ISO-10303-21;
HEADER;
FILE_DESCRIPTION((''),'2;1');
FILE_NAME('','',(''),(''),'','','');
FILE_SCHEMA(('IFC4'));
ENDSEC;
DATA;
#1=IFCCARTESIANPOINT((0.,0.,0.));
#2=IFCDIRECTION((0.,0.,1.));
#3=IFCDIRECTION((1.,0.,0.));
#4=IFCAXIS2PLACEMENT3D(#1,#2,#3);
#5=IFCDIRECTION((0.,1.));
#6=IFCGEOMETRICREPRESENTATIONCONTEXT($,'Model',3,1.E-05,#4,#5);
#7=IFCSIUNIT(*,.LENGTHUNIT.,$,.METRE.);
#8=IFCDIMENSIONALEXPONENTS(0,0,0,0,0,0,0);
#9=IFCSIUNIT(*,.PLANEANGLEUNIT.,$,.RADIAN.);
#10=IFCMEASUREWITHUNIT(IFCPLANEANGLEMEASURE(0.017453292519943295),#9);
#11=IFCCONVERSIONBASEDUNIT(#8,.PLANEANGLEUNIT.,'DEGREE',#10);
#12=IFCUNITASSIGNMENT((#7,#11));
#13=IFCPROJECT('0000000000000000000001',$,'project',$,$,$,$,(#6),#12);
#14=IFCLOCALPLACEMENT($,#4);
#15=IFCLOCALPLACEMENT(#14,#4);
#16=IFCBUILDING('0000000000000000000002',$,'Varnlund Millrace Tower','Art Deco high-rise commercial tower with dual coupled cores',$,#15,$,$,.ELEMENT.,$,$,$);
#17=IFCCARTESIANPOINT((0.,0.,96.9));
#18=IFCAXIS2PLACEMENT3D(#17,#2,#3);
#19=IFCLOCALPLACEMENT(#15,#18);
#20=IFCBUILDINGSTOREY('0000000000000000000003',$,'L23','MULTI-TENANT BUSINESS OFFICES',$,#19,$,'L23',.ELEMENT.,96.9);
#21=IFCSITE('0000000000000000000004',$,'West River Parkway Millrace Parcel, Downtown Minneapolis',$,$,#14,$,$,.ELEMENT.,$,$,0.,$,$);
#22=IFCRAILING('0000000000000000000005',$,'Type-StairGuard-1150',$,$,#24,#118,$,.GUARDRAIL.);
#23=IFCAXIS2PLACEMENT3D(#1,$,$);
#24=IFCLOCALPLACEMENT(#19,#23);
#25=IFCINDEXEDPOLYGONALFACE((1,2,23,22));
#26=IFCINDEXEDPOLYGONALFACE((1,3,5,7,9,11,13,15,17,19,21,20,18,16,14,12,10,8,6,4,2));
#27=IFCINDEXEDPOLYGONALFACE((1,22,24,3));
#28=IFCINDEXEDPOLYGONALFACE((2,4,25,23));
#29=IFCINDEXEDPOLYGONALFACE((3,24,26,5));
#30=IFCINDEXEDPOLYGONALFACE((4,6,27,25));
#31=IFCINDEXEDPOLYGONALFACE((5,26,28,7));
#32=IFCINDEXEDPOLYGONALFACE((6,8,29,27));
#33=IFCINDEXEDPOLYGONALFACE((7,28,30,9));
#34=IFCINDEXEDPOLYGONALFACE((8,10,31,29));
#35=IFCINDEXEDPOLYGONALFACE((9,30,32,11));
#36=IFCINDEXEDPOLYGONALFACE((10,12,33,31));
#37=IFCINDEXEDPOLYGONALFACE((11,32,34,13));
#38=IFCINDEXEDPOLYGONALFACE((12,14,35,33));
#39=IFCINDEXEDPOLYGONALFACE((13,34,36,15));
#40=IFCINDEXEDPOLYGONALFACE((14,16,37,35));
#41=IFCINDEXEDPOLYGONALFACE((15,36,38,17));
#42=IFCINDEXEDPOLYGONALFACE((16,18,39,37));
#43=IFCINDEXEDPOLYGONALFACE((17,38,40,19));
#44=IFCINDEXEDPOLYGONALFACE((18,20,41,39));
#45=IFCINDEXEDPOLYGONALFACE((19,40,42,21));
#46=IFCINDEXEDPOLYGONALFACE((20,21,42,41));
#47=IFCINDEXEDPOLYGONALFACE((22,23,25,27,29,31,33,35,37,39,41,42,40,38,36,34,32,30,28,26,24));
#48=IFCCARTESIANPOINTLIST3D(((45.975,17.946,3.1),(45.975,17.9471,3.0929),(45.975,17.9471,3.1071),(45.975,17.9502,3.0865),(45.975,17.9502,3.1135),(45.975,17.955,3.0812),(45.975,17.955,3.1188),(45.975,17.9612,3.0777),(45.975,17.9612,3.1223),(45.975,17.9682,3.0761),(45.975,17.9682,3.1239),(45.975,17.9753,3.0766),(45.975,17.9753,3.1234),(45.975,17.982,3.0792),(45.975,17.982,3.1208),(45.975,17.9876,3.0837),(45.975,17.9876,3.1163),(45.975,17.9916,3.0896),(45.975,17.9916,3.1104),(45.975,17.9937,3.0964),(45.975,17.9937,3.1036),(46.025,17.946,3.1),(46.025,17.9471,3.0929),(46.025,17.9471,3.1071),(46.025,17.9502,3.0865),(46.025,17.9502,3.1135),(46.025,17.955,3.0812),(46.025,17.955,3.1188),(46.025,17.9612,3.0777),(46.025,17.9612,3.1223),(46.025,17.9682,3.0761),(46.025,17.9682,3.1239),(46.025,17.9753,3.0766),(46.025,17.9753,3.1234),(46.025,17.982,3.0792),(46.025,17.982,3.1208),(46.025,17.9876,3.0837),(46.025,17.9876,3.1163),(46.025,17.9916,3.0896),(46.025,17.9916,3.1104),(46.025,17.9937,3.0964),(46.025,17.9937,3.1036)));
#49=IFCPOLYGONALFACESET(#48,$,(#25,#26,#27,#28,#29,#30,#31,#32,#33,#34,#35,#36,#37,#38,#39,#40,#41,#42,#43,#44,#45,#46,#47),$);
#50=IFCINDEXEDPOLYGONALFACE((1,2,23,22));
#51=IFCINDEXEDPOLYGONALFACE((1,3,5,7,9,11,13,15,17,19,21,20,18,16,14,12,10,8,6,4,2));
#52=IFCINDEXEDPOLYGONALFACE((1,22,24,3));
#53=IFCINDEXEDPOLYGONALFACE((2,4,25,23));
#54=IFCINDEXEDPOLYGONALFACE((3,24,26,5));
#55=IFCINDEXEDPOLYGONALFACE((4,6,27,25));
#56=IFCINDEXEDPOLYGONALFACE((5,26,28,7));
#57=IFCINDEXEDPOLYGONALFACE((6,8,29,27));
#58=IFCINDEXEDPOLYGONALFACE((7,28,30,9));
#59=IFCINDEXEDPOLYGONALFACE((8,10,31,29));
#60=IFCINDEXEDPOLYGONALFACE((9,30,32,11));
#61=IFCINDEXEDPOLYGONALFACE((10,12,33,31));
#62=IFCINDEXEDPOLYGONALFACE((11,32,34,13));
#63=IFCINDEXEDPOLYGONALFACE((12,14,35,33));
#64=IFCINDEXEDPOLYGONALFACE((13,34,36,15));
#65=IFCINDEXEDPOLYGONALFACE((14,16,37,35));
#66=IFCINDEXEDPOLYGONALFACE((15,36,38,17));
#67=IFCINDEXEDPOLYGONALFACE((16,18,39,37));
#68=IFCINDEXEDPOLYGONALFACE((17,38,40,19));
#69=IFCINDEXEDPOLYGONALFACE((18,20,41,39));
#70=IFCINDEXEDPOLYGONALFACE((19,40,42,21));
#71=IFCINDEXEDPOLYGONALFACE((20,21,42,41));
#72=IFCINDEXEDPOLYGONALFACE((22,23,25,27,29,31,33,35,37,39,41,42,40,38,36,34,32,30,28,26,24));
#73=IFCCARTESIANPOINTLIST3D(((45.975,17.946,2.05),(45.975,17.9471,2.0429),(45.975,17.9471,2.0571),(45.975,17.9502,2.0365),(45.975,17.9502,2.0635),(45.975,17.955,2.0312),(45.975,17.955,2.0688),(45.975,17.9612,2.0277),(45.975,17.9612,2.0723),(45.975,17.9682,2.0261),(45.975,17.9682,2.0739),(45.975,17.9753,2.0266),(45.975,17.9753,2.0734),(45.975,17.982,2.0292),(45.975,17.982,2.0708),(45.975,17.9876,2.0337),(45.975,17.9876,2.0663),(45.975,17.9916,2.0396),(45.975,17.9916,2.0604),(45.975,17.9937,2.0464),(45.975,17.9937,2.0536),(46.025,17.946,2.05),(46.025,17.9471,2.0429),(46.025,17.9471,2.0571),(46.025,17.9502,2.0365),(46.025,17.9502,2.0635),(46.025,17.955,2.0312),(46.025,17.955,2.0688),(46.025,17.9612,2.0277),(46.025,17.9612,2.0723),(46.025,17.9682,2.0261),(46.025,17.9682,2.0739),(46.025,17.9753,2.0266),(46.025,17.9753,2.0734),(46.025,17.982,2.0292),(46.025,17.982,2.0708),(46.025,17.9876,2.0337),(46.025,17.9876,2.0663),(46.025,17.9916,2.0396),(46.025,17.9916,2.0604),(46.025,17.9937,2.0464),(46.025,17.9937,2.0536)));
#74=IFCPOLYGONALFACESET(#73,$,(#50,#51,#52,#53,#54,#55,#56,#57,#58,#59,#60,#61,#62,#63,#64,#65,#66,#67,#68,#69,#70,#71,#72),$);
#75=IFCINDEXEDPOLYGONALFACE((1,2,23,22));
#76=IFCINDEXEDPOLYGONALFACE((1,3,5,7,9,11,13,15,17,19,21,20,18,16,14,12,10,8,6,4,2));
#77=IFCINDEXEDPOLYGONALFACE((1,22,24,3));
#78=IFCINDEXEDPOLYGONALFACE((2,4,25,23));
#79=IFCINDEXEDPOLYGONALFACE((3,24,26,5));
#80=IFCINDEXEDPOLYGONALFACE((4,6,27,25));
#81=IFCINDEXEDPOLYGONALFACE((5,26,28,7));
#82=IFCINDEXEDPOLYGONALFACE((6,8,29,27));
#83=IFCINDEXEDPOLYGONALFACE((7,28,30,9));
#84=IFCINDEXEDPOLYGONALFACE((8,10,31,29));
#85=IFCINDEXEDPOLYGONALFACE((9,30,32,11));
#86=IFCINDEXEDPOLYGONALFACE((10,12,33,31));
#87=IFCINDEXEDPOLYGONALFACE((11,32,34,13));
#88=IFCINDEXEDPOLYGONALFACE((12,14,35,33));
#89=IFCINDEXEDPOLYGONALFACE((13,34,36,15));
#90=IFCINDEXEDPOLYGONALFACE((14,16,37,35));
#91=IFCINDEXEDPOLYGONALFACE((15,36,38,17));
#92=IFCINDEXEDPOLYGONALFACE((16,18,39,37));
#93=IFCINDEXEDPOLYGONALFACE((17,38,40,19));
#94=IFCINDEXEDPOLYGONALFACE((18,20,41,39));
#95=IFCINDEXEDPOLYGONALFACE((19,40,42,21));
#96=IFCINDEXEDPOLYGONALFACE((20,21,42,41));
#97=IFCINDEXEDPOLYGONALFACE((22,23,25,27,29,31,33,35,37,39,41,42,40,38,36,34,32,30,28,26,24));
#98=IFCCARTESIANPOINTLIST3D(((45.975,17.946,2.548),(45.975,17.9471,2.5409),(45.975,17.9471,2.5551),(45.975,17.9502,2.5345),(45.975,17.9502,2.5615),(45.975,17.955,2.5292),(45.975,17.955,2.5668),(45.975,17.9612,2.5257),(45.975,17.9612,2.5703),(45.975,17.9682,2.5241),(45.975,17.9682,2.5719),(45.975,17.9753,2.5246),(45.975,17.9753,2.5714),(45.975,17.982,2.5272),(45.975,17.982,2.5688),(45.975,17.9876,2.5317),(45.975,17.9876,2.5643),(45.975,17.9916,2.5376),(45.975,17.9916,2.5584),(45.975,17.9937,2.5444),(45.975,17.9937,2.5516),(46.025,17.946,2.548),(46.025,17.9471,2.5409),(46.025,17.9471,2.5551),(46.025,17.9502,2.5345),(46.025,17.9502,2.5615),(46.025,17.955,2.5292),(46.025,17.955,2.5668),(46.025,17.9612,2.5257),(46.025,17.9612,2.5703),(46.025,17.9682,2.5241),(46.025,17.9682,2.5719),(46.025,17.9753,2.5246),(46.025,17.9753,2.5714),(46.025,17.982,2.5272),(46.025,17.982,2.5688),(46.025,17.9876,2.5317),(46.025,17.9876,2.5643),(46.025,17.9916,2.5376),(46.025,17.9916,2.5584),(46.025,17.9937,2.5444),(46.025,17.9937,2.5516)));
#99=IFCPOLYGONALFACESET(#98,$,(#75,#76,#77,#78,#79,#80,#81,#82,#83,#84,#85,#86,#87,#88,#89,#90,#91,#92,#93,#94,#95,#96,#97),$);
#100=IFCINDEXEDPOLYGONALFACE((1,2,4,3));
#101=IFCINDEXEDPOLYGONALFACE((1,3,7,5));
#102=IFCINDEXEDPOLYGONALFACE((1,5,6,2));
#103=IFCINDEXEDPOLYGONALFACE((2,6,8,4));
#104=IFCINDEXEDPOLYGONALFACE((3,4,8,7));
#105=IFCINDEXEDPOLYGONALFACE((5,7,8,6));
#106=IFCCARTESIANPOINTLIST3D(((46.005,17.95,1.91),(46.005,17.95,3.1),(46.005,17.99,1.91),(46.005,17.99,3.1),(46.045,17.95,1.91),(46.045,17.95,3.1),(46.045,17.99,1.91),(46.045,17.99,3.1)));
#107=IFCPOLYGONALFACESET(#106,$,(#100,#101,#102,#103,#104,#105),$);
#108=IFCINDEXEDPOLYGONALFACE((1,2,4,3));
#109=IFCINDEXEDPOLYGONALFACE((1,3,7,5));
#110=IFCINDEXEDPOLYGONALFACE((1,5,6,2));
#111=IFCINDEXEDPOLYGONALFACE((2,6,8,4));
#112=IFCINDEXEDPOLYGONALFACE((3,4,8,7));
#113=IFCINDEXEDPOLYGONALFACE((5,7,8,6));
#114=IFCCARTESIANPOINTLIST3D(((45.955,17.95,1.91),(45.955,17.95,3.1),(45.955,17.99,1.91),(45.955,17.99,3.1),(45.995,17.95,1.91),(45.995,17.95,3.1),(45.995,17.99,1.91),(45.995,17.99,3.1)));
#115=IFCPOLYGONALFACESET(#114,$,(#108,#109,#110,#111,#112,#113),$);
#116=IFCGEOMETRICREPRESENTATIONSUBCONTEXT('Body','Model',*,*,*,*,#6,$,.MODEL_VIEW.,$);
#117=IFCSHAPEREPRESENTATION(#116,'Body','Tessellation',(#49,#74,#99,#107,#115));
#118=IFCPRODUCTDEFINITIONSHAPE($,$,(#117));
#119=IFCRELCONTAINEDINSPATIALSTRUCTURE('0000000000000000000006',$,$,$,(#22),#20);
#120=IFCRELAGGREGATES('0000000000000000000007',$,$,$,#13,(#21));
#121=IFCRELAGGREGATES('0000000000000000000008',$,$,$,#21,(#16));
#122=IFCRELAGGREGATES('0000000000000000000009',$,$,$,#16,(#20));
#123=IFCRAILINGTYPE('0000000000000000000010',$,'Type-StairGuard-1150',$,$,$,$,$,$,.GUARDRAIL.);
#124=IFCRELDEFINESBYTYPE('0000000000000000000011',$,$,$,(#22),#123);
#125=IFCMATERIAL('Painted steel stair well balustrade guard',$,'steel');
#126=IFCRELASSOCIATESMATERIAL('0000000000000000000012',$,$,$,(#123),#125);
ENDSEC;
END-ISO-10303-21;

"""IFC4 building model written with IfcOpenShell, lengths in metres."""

from ifc_helpers import new_model, entity, si_unit, converted_unit, direction, frame, origin_with_axes, origin_2d_with_axis, place, context, subcontext, project, spatial, rectangle, circle, extrude, material, type_object, element, save


model = new_model("IFC4")

# Units and contexts
model_context = context("Model", 3, precision=1e-05, world=origin_with_axes(), true_north=direction((0.0, 1.0)))
body_context = subcontext(model_context, "Body", "Model", "MODEL_VIEW")
ifc_project = project(units=[si_unit("LENGTHUNIT", "METRE"), converted_unit("PLANEANGLEUNIT", "DEGREE", entity("IfcPlaneAngleMeasure", 0.017453292519943295), si_unit("PLANEANGLEUNIT", "RADIAN"), dimensions=[0, 0, 0, 0, 0, 0, 0])], contexts=[model_context])

# Site, building, storey
site_placement = place(None, origin_with_axes())
site = spatial("IfcSite", under=ifc_project, at=site_placement, Name="West River Parkway Millrace Parcel, Downtown Minneapolis", CompositionType="ELEMENT", RefElevation=0.0)
building_placement = place(site_placement, origin_with_axes())
building = spatial("IfcBuilding", under=site, at=building_placement, Name="Varnlund Millrace Tower", Description="Art Deco high-rise commercial tower with dual coupled cores", CompositionType="ELEMENT")
storey_placement = place(building_placement, frame((0.0, 0.0, 96.9), z_axis=(0.0, 0.0, 1.0), x_axis=(1.0, 0.0, 0.0)))
storey = spatial("IfcBuildingStorey", under=building, at=storey_placement, Name="L23", Description="MULTI-TENANT BUSINESS OFFICES", LongName="L23", CompositionType="ELEMENT", Elevation=96.9)

# Railing
ifc_material_1 = material(Name="Painted steel stair well balustrade guard", Category="steel")
railing_type_1 = type_object("IfcRailingType", Name="Type-StairGuard-1150", PredefinedType="GUARDRAIL", material=ifc_material_1)
railing_1_placement = place(storey_placement, frame((0.0, 0.0, -96.9), z_axis=(0.0, 0.0, 1.0), x_axis=(1.0, 0.0, 0.0)))
element("IfcRailing", 1, at=railing_1_placement, inside=storey, type_object=railing_type_1, Name="Type-StairGuard-1150", PredefinedType="GUARDRAIL", context=body_context, shape_type="SweptSolid", body=[
    extrude(circle(Radius=0.024, at=origin_2d_with_axis()), frame((46.025, 17.97, 100.0), z_axis=(-1.0, 0.0, 0.0), x_axis=(0.0, -1.0, 0.0)), (0.0, 0.0, 1.0), 0.05),
    extrude(circle(Radius=0.024, at=origin_2d_with_axis()), frame((46.025, 17.97, 98.95), z_axis=(-1.0, 0.0, 0.0), x_axis=(0.0, -1.0, 0.0)), (0.0, 0.0, 1.0), 0.05),
    extrude(circle(Radius=0.024, at=origin_2d_with_axis()), frame((46.025, 17.97, 99.448), z_axis=(-1.0, 0.0, 0.0), x_axis=(0.0, -1.0, 0.0)), (0.0, 0.0, 1.0), 0.05),
    extrude(rectangle(XDim=0.04, YDim=0.04, at=origin_2d_with_axis()), frame((46.025, 17.97, 98.81), z_axis=(0.0, 0.0, 1.0), x_axis=(1.0, 0.0, 0.0)), (0.0, 0.0, 1.0), 1.19),
    extrude(rectangle(XDim=0.04, YDim=0.04, at=origin_2d_with_axis()), frame((45.975, 17.97, 98.81), z_axis=(0.0, 0.0, 1.0), x_axis=(1.0, 0.0, 0.0)), (0.0, 0.0, 1.0), 1.19),
])

save(model, "model.ifc")
